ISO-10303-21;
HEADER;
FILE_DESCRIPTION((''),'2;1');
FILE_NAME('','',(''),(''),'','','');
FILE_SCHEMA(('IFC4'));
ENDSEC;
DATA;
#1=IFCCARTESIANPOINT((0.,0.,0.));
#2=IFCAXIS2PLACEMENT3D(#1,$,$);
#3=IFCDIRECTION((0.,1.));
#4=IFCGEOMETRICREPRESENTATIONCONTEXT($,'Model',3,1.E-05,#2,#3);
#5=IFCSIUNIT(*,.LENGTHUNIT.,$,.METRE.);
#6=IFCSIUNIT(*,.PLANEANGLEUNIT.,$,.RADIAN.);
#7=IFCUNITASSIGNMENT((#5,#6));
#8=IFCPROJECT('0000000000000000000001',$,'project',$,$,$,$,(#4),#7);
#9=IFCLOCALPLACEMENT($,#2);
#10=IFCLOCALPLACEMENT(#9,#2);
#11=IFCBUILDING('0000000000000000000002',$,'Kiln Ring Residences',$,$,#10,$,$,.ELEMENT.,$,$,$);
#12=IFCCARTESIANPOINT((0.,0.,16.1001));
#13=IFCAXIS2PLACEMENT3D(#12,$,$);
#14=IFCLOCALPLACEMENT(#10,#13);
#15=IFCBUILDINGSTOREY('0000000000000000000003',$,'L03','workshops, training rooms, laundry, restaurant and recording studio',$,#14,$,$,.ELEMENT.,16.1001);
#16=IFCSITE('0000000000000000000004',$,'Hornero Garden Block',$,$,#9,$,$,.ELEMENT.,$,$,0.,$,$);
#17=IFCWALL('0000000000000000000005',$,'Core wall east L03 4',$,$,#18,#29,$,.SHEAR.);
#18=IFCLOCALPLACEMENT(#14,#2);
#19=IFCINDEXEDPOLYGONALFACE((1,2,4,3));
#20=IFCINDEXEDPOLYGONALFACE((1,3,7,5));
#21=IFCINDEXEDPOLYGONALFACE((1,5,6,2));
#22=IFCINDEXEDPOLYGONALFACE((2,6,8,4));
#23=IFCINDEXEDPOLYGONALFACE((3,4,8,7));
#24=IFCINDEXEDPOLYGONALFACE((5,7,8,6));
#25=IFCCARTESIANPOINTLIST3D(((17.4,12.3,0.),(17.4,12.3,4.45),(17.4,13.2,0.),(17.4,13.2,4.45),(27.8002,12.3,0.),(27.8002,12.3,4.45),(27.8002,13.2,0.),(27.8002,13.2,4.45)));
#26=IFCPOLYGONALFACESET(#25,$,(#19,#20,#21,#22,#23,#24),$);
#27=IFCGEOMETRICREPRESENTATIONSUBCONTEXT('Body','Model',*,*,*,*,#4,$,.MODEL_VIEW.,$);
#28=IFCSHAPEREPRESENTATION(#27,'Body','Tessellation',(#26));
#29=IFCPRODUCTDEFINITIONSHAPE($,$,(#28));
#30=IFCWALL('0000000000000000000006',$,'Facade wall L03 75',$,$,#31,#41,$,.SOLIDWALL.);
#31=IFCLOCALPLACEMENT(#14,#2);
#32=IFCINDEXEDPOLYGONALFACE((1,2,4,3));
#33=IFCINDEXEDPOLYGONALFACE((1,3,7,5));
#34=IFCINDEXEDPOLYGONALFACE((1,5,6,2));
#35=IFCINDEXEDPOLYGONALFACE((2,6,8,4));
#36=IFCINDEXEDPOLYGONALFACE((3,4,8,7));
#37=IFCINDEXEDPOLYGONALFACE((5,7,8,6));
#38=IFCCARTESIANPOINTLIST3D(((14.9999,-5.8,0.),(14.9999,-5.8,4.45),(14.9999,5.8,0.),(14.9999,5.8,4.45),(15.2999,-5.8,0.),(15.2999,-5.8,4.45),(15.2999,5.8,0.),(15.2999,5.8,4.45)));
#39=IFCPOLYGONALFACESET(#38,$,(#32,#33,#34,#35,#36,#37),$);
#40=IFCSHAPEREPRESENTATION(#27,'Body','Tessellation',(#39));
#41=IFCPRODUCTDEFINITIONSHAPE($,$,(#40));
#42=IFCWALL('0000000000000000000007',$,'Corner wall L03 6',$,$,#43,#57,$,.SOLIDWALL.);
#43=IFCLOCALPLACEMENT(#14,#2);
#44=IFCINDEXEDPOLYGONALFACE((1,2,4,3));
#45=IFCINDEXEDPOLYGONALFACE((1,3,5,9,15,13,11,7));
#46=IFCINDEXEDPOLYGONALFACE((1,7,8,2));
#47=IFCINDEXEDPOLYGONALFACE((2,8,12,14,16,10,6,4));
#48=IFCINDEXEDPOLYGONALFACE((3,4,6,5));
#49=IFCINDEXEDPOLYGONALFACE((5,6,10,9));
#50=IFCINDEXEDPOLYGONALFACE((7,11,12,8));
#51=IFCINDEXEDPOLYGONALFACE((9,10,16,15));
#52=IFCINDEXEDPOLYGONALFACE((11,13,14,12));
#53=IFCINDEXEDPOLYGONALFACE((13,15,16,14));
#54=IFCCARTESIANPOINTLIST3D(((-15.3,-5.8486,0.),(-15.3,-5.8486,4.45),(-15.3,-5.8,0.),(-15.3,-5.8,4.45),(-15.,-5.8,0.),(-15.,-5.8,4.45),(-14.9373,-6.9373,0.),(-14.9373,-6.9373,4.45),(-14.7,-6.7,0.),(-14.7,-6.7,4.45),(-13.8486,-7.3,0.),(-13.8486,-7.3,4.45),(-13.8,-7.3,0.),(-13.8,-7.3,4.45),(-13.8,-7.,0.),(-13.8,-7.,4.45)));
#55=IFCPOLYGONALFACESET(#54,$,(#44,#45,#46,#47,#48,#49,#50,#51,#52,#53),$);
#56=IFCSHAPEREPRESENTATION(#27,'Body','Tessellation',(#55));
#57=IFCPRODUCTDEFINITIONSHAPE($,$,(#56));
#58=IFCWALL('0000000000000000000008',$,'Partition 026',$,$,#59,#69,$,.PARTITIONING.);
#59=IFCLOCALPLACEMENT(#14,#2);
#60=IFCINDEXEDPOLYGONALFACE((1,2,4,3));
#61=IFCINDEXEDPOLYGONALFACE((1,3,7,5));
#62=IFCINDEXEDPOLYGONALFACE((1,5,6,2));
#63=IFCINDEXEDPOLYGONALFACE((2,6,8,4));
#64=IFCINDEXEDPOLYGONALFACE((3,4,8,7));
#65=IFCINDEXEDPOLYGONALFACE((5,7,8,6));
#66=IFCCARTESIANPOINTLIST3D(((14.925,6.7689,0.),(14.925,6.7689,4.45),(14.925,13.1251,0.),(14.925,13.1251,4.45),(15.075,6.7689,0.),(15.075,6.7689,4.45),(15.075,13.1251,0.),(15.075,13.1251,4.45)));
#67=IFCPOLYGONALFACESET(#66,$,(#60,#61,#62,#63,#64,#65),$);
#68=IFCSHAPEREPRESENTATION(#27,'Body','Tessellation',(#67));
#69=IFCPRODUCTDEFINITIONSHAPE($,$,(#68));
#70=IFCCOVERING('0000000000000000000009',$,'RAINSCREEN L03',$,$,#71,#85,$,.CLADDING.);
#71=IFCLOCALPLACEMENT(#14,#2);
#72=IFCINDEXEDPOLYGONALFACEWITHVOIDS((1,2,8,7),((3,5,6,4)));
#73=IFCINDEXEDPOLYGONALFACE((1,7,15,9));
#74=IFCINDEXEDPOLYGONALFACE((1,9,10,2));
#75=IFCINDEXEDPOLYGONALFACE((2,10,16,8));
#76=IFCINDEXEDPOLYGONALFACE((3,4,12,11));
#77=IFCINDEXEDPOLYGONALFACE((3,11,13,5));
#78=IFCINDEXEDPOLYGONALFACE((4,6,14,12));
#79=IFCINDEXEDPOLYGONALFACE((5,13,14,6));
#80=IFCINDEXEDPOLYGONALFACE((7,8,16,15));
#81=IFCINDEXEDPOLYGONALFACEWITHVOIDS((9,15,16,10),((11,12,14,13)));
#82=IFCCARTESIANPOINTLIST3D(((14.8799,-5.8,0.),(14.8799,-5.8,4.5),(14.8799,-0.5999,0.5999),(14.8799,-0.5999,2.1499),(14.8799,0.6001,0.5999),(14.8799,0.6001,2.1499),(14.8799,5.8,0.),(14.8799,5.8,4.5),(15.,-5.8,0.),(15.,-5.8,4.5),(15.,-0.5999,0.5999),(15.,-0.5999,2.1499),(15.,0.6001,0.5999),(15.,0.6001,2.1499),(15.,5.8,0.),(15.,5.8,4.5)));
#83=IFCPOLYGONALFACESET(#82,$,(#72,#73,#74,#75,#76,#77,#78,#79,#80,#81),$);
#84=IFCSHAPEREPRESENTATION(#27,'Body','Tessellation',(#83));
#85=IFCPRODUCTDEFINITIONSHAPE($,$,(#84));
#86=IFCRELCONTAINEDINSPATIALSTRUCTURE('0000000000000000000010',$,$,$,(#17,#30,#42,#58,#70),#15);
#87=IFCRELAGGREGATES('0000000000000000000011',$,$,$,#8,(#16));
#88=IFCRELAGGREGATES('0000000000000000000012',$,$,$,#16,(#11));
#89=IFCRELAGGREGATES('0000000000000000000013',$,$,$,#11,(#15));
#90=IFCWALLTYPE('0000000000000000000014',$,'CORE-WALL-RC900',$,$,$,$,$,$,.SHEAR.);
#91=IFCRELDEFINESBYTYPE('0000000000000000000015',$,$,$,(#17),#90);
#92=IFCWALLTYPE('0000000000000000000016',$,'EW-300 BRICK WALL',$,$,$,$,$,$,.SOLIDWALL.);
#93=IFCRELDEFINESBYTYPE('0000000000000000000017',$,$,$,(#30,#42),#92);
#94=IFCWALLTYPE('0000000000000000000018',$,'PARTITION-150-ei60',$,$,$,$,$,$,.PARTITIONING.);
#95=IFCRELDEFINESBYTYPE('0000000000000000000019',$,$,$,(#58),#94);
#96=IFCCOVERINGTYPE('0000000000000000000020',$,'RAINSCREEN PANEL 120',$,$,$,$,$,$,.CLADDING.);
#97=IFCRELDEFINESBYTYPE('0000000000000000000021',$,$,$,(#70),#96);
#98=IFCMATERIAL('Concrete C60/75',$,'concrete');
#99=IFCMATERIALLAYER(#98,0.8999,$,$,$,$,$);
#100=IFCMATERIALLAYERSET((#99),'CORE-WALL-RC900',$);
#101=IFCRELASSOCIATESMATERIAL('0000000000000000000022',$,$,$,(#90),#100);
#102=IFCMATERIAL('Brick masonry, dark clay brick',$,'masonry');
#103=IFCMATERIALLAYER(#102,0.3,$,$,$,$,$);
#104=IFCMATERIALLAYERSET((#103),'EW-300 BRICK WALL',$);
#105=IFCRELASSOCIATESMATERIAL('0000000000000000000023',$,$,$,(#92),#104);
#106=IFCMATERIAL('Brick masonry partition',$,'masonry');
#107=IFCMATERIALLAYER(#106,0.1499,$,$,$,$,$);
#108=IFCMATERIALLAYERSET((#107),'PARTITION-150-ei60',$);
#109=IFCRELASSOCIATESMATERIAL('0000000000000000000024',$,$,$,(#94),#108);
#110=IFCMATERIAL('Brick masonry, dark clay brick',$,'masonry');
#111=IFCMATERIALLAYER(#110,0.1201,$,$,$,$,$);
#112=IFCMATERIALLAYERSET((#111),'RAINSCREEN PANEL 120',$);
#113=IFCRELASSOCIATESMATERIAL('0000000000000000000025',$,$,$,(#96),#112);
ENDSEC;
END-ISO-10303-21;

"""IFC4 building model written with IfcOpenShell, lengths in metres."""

from ifc_helpers import new_model, si_unit, direction, frame, frame_2d, origin, place, context, subcontext, project, spatial, polyline, rectangle, outline, extrude, material, layer, layer_set, type_object, element, save


model = new_model("IFC4")

# Units and contexts
model_context = context("Model", 3, precision=1e-05, world=origin(), true_north=direction((0.0, 1.0)))
body_context = subcontext(model_context, "Body", "Model", "MODEL_VIEW")
ifc_project = project(units=[si_unit("LENGTHUNIT", "METRE"), si_unit("PLANEANGLEUNIT", "RADIAN")], contexts=[model_context])

# Site, building, storey
site_placement = place(None, origin())
site = spatial("IfcSite", under=ifc_project, at=site_placement, Name="Hornero Garden Block", CompositionType="ELEMENT", RefElevation=0.0)
building_placement = place(site_placement, origin())
building = spatial("IfcBuilding", under=site, at=building_placement, Name="Kiln Ring Residences", CompositionType="ELEMENT")
storey_placement = place(building_placement, frame((0.0, 0.0, 16.1001)))
storey = spatial("IfcBuildingStorey", under=building, at=storey_placement, Name="L03", Description="workshops, training rooms, laundry, restaurant and recording studio", CompositionType="ELEMENT", Elevation=16.1001)

# Walls
ifc_material_1 = material(Name="Concrete C60/75", Category="concrete")
ifc_layer_1 = layer(ifc_material_1, 0.8999)
ifc_layer_set_1 = layer_set([ifc_layer_1], Name="CORE-WALL-RC900")
wall_type_1 = type_object("IfcWallType", Name="CORE-WALL-RC900", PredefinedType="SHEAR", material=ifc_layer_set_1)
wall_1_placement = place(storey_placement, frame((17.3999, 12.75, 0.0), z_axis=(0.0, 0.0, 1.0), x_axis=(1.0, 0.0, 0.0)))
element("IfcWall", 1, at=wall_1_placement, inside=storey, type_object=wall_type_1, Name="Core wall east L03 4", PredefinedType="SHEAR", context=body_context, shape_type="SweptSolid", body=[
    extrude(rectangle(XDim=10.4001, YDim=0.8999, at=frame_2d((5.2002, 0.0))), origin(), (0.0, 0.0, 1.0), 4.45),
])
ifc_material_2 = material(Name="Brick masonry, dark clay brick", Category="masonry")
ifc_layer_2 = layer(ifc_material_2, 0.3)
ifc_layer_set_2 = layer_set([ifc_layer_2], Name="EW-300 BRICK WALL")
wall_type_2 = type_object("IfcWallType", Name="EW-300 BRICK WALL", PredefinedType="SOLIDWALL", material=ifc_layer_set_2)
wall_2_placement = place(storey_placement, frame((15.1499, 5.8, 0.0), z_axis=(0.0, 0.0, 1.0), x_axis=(0.0, -1.0, 0.0)))
element("IfcWall", 2, at=wall_2_placement, inside=storey, type_object=wall_type_2, Name="Facade wall L03 75", PredefinedType="SOLIDWALL", context=body_context, shape_type="SweptSolid", body=[
    extrude(rectangle(XDim=11.6001, YDim=0.3, at=frame_2d((5.8, 0.0))), origin(), (0.0, 0.0, 1.0), 4.45),
])
wall_3_placement = place(storey_placement, origin())
element("IfcWall", 3, at=wall_3_placement, inside=storey, type_object=wall_type_2, Name="Corner wall L03 6", PredefinedType="SOLIDWALL", context=body_context, shape_type="SweptSolid", body=[
    extrude(outline(polyline([(-14.9373, -6.9373), (-13.8486, -7.3), (-13.8, -7.3), (-13.8, -7.0), (-14.7, -6.7), (-15.0, -5.8), (-15.3, -5.8), (-15.3, -5.8486), (-14.9373, -6.9373)])), origin(), (0.0, 0.0, 1.0), 4.45),
])
ifc_material_3 = material(Name="Brick masonry partition", Category="masonry")
ifc_layer_3 = layer(ifc_material_3, 0.1499)
ifc_layer_set_3 = layer_set([ifc_layer_3], Name="PARTITION-150-ei60")
wall_type_3 = type_object("IfcWallType", Name="PARTITION-150-ei60", PredefinedType="PARTITIONING", material=ifc_layer_set_3)
wall_4_placement = place(storey_placement, frame((15.0, 6.7688, 0.0), z_axis=(0.0, 0.0, 1.0), x_axis=(0.0, 1.0, 0.0)))
element("IfcWall", 4, at=wall_4_placement, inside=storey, type_object=wall_type_3, Name="Partition 026", PredefinedType="PARTITIONING", context=body_context, shape_type="SweptSolid", body=[
    extrude(rectangle(XDim=6.3562, YDim=0.1499, at=frame_2d((3.1782, 0.0))), origin(), (0.0, 0.0, 1.0), 4.45),
])

# Covering
ifc_material_4 = material(Name="Brick masonry, dark clay brick", Category="masonry")
ifc_layer_4 = layer(ifc_material_4, 0.1201)
ifc_layer_set_4 = layer_set([ifc_layer_4], Name="RAINSCREEN PANEL 120")
covering_type = type_object("IfcCoveringType", Name="RAINSCREEN PANEL 120", PredefinedType="CLADDING", material=ifc_layer_set_4)
covering_placement = place(storey_placement, frame((14.9399, 5.8, 0.0), z_axis=(0.0, 0.0, 1.0), x_axis=(0.0, -1.0, 0.0)))
element("IfcCovering", 5, at=covering_placement, inside=storey, type_object=covering_type, Name="RAINSCREEN L03", PredefinedType="CLADDING", context=body_context, shape_type="SweptSolid", body=[
    extrude(outline(polyline([(0.0, 0.0), (11.6001, 0.0), (11.6001, 4.5), (0.0, 4.5), (0.0, 0.0)]), holes=[polyline([(5.2, 2.1499), (5.2, 0.5999), (6.3999, 0.5999), (6.3999, 2.1499), (5.2, 2.1499)])]), frame((0.0, 0.0601, 0.0), z_axis=(0.0, -1.0, 0.0), x_axis=(1.0, 0.0, 0.0)), (0.0, 0.0, 1.0), 0.1201),
])

save(model, "model.ifc")
